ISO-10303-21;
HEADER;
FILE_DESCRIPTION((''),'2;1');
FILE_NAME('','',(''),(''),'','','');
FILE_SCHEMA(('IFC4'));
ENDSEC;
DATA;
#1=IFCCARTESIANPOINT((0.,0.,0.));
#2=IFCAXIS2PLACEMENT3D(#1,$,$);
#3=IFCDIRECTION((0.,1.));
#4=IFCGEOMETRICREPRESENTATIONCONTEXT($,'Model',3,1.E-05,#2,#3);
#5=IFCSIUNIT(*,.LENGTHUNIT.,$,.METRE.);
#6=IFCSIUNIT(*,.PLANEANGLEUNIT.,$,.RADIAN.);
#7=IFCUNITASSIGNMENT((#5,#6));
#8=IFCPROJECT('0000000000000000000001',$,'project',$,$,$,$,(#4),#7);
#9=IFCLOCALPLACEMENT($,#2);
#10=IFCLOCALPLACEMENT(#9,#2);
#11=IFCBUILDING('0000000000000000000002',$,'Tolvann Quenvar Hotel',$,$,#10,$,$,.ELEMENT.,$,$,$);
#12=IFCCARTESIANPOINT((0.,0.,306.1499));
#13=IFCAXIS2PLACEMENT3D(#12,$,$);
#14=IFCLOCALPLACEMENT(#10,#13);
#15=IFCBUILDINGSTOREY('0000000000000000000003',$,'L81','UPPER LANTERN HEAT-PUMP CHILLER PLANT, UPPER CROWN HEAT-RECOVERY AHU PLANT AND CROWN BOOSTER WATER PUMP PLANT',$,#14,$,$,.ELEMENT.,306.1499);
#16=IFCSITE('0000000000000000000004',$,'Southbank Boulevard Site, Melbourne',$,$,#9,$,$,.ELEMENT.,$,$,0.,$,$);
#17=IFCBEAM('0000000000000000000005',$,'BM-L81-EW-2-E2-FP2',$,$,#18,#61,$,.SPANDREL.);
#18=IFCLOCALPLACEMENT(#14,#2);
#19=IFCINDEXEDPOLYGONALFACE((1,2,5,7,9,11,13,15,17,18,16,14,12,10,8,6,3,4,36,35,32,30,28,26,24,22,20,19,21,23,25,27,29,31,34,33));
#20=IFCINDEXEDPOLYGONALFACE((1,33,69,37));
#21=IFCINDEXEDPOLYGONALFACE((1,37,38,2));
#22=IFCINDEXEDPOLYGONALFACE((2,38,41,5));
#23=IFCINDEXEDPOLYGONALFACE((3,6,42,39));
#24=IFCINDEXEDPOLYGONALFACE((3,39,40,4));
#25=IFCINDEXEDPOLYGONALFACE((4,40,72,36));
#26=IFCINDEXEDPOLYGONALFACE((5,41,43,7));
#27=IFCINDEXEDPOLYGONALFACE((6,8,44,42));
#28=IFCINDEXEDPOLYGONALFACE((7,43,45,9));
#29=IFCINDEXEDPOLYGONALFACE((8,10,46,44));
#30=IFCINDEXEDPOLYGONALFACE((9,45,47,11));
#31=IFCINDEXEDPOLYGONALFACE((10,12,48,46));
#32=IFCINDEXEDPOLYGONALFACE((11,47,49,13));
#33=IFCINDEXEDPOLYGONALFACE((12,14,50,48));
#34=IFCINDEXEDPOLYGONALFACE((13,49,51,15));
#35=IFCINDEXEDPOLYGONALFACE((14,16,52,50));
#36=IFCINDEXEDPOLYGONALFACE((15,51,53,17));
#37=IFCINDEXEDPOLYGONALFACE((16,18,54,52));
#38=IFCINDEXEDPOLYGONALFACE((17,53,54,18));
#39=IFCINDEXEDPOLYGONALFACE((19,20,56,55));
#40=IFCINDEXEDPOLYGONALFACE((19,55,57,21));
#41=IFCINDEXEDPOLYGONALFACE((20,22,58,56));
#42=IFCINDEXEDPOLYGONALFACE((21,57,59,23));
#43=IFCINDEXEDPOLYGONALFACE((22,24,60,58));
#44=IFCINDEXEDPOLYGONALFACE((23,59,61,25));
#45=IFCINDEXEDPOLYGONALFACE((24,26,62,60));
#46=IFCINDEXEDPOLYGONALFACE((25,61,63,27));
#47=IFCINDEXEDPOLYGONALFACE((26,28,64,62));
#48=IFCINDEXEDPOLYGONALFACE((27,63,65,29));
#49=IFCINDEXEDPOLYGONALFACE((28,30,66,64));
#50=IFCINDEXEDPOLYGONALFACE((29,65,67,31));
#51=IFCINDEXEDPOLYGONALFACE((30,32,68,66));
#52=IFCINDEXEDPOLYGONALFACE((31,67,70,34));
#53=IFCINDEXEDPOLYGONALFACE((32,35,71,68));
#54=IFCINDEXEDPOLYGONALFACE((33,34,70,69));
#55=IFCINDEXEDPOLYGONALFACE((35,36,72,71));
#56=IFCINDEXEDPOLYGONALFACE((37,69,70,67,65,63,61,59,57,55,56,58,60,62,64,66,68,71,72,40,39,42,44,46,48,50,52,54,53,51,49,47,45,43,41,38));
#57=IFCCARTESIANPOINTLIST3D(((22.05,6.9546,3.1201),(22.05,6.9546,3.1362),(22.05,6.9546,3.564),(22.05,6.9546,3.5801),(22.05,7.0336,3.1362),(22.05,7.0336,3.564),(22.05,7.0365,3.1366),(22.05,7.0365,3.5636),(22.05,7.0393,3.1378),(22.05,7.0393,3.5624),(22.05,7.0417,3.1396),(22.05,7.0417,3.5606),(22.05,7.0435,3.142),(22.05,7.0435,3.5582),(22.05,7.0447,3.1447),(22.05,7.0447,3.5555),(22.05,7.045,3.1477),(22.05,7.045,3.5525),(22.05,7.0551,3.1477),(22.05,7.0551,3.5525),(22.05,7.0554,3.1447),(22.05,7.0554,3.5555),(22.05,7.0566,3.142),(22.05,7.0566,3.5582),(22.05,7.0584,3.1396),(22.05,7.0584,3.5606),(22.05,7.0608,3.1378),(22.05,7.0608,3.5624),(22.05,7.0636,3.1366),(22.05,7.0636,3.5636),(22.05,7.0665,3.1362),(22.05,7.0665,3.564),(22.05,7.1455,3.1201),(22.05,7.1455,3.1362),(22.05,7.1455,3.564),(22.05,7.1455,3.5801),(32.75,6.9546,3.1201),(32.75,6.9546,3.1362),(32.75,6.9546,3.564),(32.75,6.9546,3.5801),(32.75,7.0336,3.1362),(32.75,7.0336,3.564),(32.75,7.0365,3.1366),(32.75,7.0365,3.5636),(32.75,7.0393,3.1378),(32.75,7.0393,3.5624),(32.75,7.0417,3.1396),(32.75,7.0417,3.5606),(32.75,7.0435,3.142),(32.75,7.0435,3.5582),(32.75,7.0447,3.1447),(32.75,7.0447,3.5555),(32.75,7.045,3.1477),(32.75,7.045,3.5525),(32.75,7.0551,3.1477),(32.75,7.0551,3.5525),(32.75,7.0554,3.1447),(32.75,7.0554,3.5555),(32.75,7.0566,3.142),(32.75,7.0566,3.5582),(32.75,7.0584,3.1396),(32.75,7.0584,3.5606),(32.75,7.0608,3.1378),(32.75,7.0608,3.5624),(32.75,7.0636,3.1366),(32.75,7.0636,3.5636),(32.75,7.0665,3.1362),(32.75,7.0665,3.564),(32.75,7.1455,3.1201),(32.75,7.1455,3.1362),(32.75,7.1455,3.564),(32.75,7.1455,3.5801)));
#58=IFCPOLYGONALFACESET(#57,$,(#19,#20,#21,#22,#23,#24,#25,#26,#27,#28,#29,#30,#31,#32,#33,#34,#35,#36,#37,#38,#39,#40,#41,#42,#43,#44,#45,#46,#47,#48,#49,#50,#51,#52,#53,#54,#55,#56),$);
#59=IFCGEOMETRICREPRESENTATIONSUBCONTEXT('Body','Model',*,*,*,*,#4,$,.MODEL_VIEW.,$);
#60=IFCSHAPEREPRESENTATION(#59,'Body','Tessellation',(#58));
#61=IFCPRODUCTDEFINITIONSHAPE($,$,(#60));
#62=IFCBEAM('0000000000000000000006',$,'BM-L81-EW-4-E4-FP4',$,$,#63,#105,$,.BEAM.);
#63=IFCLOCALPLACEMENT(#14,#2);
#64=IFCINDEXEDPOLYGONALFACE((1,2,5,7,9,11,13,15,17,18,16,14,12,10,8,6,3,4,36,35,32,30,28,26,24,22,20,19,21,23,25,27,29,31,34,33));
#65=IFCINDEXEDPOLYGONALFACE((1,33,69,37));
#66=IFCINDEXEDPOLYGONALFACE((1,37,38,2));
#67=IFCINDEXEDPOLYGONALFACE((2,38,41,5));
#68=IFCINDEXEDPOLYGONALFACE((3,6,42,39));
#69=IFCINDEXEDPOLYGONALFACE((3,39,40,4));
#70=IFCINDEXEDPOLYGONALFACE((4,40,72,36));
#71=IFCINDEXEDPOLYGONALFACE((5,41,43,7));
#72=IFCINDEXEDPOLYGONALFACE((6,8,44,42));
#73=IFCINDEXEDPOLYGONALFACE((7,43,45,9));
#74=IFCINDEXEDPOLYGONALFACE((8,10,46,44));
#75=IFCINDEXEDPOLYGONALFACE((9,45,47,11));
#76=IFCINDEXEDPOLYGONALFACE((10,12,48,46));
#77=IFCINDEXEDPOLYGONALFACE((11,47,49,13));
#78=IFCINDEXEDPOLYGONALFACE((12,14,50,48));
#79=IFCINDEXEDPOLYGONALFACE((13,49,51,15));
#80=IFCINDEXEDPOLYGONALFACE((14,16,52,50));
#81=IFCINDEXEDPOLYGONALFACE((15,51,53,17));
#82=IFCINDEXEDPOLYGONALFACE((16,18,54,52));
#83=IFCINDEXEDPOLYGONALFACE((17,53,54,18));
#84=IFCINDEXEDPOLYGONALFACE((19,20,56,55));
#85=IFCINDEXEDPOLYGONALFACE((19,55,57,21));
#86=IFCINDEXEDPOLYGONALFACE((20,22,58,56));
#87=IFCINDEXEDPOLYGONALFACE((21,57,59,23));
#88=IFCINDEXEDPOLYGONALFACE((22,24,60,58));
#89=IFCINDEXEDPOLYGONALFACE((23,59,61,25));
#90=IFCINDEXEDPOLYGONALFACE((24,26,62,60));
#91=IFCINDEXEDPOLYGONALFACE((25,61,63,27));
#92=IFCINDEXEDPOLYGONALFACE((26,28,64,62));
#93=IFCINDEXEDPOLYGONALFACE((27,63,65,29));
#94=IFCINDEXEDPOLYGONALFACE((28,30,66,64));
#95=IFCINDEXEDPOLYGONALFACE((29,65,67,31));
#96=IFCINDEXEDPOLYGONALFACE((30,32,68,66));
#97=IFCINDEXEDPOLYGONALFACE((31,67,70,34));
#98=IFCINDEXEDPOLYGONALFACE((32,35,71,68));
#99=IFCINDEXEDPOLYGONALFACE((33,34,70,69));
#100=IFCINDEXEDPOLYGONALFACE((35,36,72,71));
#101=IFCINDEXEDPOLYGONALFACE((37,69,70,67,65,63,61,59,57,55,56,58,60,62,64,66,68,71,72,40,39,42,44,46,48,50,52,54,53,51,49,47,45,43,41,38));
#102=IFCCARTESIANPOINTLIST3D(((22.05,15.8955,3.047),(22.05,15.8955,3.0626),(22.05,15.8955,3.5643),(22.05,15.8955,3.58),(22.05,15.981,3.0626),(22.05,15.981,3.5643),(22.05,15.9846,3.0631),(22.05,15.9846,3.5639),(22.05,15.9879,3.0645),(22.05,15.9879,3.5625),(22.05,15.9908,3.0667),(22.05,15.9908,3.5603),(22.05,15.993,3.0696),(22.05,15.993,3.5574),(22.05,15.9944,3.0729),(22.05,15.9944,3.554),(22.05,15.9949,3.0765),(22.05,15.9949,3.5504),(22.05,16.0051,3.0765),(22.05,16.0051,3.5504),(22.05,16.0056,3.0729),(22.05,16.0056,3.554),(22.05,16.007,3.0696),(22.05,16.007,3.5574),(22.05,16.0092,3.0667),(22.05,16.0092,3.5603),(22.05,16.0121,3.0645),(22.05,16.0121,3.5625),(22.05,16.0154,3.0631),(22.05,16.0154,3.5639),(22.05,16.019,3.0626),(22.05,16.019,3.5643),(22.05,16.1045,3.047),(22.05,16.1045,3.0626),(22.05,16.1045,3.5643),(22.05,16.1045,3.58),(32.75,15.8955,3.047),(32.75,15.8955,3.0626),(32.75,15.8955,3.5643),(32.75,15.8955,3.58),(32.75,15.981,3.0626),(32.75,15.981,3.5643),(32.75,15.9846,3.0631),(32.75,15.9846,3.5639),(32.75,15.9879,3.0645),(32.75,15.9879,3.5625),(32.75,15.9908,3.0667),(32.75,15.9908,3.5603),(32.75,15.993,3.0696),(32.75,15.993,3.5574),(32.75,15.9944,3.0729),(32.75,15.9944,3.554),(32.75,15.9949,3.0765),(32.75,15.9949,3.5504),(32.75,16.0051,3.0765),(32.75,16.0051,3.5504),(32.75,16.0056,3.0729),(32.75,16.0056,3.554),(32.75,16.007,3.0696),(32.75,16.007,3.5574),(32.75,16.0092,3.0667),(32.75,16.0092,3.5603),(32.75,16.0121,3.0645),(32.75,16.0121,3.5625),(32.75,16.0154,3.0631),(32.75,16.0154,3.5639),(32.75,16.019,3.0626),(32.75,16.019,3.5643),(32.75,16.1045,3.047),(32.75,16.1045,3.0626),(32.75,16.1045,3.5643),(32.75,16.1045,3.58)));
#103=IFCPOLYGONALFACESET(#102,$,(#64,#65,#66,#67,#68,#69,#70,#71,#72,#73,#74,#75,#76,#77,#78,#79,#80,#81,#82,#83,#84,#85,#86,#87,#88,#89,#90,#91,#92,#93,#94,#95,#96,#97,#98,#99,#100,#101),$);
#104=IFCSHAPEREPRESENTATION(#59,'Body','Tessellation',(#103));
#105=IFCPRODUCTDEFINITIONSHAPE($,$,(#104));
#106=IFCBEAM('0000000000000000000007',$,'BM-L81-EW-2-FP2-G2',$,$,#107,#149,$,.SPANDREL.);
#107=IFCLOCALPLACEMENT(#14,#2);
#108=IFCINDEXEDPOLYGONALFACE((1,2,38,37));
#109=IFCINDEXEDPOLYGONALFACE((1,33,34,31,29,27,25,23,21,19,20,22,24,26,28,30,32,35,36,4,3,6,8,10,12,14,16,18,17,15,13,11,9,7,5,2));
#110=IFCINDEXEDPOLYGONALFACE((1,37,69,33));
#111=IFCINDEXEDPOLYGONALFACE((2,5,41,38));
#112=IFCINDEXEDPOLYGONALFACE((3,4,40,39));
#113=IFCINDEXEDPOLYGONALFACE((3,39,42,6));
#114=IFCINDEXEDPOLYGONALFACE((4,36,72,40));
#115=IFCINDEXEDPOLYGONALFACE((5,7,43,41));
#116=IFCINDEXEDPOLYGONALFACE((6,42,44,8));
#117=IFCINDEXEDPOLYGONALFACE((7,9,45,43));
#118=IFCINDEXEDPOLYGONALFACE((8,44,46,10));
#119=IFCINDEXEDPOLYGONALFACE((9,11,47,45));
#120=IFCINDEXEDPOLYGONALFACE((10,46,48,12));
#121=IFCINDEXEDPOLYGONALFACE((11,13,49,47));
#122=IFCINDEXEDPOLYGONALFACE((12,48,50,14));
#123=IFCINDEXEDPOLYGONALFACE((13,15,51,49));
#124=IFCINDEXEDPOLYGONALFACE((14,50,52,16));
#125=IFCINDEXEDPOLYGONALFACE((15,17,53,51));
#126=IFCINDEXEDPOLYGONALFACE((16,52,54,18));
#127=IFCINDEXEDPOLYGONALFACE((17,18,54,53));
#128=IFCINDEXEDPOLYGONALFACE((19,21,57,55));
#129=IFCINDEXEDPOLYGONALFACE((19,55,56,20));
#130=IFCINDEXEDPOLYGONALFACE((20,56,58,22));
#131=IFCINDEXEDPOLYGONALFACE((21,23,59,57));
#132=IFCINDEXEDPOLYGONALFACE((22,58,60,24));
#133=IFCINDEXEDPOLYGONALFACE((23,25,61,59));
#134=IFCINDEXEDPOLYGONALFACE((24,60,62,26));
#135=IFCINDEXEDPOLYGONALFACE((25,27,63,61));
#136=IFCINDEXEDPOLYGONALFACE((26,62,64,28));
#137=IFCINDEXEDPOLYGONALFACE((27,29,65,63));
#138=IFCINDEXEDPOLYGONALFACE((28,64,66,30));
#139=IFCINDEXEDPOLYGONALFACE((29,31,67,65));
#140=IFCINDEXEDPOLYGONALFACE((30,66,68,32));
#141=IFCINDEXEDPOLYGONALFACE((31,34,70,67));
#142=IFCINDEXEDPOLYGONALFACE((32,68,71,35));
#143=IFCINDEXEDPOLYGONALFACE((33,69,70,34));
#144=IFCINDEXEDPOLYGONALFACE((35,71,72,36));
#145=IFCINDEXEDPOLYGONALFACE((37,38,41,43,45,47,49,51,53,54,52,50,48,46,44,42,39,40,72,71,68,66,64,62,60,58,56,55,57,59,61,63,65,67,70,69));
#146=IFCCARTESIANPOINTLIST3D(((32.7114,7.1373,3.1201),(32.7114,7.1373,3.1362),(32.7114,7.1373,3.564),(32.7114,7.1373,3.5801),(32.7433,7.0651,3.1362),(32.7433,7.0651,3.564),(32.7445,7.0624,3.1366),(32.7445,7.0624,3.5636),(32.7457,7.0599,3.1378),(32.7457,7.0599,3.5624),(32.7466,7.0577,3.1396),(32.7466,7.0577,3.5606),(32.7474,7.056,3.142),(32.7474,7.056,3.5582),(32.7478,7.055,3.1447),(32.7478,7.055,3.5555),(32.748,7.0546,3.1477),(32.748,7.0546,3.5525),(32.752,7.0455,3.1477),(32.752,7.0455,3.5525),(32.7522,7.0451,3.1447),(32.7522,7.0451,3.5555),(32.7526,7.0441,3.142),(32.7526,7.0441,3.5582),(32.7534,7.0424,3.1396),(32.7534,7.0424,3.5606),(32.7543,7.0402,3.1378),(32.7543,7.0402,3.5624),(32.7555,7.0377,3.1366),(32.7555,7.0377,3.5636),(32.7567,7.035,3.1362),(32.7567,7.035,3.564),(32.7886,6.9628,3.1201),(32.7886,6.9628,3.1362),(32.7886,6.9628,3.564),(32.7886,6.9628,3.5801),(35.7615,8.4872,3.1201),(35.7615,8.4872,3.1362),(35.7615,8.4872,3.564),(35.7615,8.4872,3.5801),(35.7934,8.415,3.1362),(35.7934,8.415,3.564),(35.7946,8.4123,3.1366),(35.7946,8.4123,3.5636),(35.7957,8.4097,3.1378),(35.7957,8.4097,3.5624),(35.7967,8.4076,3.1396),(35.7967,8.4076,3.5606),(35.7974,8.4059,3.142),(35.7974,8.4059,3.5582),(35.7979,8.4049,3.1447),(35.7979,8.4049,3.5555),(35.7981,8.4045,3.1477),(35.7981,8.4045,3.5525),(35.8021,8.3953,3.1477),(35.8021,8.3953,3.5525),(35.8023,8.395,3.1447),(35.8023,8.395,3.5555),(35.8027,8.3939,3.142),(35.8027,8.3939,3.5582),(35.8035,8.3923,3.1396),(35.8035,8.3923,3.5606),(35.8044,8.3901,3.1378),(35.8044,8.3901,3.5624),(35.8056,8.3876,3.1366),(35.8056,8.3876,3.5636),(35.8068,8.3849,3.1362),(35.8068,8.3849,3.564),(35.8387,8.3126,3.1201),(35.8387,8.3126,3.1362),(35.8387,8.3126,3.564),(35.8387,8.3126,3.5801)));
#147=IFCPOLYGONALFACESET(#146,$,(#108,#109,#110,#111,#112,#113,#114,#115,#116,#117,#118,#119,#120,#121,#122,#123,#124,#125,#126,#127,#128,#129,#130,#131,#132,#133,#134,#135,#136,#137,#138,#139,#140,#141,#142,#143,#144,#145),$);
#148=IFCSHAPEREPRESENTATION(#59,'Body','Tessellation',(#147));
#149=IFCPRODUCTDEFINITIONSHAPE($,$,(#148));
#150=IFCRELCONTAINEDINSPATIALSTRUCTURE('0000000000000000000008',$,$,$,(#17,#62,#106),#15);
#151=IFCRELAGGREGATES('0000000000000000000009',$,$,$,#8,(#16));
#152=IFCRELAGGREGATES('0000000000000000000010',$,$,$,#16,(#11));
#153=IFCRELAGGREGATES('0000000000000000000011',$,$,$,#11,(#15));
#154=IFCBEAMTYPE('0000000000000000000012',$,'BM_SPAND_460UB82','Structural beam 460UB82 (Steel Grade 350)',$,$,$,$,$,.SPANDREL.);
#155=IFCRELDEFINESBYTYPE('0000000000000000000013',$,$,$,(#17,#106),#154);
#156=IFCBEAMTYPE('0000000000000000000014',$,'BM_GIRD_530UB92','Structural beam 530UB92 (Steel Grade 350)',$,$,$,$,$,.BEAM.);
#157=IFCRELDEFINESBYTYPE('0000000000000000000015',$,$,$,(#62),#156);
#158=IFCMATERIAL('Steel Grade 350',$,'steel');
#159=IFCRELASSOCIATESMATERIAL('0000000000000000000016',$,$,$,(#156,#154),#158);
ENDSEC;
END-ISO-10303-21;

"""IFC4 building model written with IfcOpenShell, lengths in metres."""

from ifc_helpers import new_model, si_unit, direction, frame, origin, origin_2d, place, context, subcontext, project, spatial, i_section, extrude, source, transform, mapped, material, material_profile, profile_set, type_object, type_shapes, element, save


model = new_model("IFC4")

# Units and contexts
model_context = context("Model", 3, precision=1e-05, world=origin(), true_north=direction((0.0, 1.0)))
body_context = subcontext(model_context, "Body", "Model", "MODEL_VIEW")
ifc_project = project(units=[si_unit("LENGTHUNIT", "METRE"), si_unit("PLANEANGLEUNIT", "RADIAN")], contexts=[model_context])

# Site, building, storey
site_placement = place(None, origin())
site = spatial("IfcSite", under=ifc_project, at=site_placement, Name="Southbank Boulevard Site, Melbourne", CompositionType="ELEMENT", RefElevation=0.0)
building_placement = place(site_placement, origin())
building = spatial("IfcBuilding", under=site, at=building_placement, Name="Tolvann Quenvar Hotel", CompositionType="ELEMENT")
storey_placement = place(building_placement, frame((0.0, 0.0, 306.1499)))
storey = spatial("IfcBuildingStorey", under=building, at=storey_placement, Name="L81", Description="UPPER LANTERN HEAT-PUMP CHILLER PLANT, UPPER CROWN HEAT-RECOVERY AHU PLANT AND CROWN BOOSTER WATER PUMP PLANT", CompositionType="ELEMENT", Elevation=306.1499)

# Shared definitions
ifc_material_1 = material(Name="Steel Grade 350", Category="steel")

# Beams
ifc_material_profile_1 = material_profile(ifc_material_1, i_section(OverallWidth=0.209, OverallDepth=0.533, WebThickness=0.0103, FlangeThickness=0.0156, FilletRadius=0.0139, at=origin_2d()), Name="530UB92")
ifc_profile_set_1 = profile_set([ifc_material_profile_1], Name="Steel Grade 350")
beam_type_1 = type_object("IfcBeamType", Name="BM_GIRD_530UB92", Description="Structural beam 530UB92 (Steel Grade 350)", PredefinedType="BEAM", material=ifc_profile_set_1)
ifc_material_profile_2 = material_profile(ifc_material_1, i_section(OverallWidth=0.1909, OverallDepth=0.46, WebThickness=0.01, FlangeThickness=0.0161, FilletRadius=0.0115, at=origin_2d()), Name="460UB82")
ifc_profile_set_2 = profile_set([ifc_material_profile_2], Name="Steel Grade 350")
beam_type_2 = type_object("IfcBeamType", Name="BM_SPAND_460UB82", Description="Structural beam 460UB82 (Steel Grade 350)", PredefinedType="SPANDREL", material=ifc_profile_set_2)
shared_shape_1 = source(origin(), body_context, "Body", "SweptSolid", [
    extrude(i_section(OverallWidth=0.1909, OverallDepth=0.46, WebThickness=0.01, FlangeThickness=0.0161, FilletRadius=0.0115, at=origin_2d()), origin(), (0.0, 0.0, 1.0), 10.7),
])
beam_1_placement = place(storey_placement, frame((22.05, 7.05, 3.3501), z_axis=(1.0, 0.0, 0.0), x_axis=(0.0, 1.0, 0.0)))
element("IfcBeam", 1, at=beam_1_placement, inside=storey, type_object=beam_type_2, Name="BM-L81-EW-2-E2-FP2", PredefinedType="SPANDREL", context=body_context, shape_type="MappedRepresentation", body=[
    mapped(shared_shape_1, transform((0.0, 0.0, 0.0), x_axis=(1.0, 0.0, 0.0), y_axis=(0.0, 1.0, 0.0), z_axis=(0.0, 0.0, 1.0), scale=1.0)),
])
shared_shape_2 = source(origin(), body_context, "Body", "SweptSolid", [
    extrude(i_section(OverallWidth=0.209, OverallDepth=0.533, WebThickness=0.0103, FlangeThickness=0.0156, FilletRadius=0.0139, at=origin_2d()), origin(), (0.0, 0.0, 1.0), 10.7),
])
beam_2_placement = place(storey_placement, frame((22.05, 16.0, 3.3135), z_axis=(1.0, 0.0, 0.0), x_axis=(0.0, 1.0, 0.0)))
element("IfcBeam", 2, at=beam_2_placement, inside=storey, type_object=beam_type_1, Name="BM-L81-EW-4-E4-FP4", PredefinedType="BEAM", context=body_context, shape_type="MappedRepresentation", body=[
    mapped(shared_shape_2, transform((0.0, 0.0, 0.0), x_axis=(1.0, 0.0, 0.0), y_axis=(0.0, 1.0, 0.0), z_axis=(0.0, 0.0, 1.0), scale=1.0)),
])
shared_shape_3 = source(origin(), body_context, "Body", "SweptSolid", [
    extrude(i_section(OverallWidth=0.1909, OverallDepth=0.46, WebThickness=0.01, FlangeThickness=0.0161, FilletRadius=0.0115, at=origin_2d()), origin(), (0.0, 0.0, 1.0), 3.3354),
])
type_shapes(beam_type_2, [shared_shape_1, shared_shape_3])
beam_3_placement = place(storey_placement, frame((32.75, 7.05, 3.3501), z_axis=(0.914447, 0.404705, 0.0), x_axis=(-0.404705, 0.914447, 0.0)))
element("IfcBeam", 3, at=beam_3_placement, inside=storey, type_object=beam_type_2, Name="BM-L81-EW-2-FP2-G2", PredefinedType="SPANDREL", context=body_context, shape_type="MappedRepresentation", body=[
    mapped(shared_shape_3, transform((0.0, 0.0, 0.0), x_axis=(1.0, 0.0, 0.0), y_axis=(0.0, 1.0, 0.0), z_axis=(0.0, 0.0, 1.0), scale=1.0)),
])

save(model, "model.ifc")
